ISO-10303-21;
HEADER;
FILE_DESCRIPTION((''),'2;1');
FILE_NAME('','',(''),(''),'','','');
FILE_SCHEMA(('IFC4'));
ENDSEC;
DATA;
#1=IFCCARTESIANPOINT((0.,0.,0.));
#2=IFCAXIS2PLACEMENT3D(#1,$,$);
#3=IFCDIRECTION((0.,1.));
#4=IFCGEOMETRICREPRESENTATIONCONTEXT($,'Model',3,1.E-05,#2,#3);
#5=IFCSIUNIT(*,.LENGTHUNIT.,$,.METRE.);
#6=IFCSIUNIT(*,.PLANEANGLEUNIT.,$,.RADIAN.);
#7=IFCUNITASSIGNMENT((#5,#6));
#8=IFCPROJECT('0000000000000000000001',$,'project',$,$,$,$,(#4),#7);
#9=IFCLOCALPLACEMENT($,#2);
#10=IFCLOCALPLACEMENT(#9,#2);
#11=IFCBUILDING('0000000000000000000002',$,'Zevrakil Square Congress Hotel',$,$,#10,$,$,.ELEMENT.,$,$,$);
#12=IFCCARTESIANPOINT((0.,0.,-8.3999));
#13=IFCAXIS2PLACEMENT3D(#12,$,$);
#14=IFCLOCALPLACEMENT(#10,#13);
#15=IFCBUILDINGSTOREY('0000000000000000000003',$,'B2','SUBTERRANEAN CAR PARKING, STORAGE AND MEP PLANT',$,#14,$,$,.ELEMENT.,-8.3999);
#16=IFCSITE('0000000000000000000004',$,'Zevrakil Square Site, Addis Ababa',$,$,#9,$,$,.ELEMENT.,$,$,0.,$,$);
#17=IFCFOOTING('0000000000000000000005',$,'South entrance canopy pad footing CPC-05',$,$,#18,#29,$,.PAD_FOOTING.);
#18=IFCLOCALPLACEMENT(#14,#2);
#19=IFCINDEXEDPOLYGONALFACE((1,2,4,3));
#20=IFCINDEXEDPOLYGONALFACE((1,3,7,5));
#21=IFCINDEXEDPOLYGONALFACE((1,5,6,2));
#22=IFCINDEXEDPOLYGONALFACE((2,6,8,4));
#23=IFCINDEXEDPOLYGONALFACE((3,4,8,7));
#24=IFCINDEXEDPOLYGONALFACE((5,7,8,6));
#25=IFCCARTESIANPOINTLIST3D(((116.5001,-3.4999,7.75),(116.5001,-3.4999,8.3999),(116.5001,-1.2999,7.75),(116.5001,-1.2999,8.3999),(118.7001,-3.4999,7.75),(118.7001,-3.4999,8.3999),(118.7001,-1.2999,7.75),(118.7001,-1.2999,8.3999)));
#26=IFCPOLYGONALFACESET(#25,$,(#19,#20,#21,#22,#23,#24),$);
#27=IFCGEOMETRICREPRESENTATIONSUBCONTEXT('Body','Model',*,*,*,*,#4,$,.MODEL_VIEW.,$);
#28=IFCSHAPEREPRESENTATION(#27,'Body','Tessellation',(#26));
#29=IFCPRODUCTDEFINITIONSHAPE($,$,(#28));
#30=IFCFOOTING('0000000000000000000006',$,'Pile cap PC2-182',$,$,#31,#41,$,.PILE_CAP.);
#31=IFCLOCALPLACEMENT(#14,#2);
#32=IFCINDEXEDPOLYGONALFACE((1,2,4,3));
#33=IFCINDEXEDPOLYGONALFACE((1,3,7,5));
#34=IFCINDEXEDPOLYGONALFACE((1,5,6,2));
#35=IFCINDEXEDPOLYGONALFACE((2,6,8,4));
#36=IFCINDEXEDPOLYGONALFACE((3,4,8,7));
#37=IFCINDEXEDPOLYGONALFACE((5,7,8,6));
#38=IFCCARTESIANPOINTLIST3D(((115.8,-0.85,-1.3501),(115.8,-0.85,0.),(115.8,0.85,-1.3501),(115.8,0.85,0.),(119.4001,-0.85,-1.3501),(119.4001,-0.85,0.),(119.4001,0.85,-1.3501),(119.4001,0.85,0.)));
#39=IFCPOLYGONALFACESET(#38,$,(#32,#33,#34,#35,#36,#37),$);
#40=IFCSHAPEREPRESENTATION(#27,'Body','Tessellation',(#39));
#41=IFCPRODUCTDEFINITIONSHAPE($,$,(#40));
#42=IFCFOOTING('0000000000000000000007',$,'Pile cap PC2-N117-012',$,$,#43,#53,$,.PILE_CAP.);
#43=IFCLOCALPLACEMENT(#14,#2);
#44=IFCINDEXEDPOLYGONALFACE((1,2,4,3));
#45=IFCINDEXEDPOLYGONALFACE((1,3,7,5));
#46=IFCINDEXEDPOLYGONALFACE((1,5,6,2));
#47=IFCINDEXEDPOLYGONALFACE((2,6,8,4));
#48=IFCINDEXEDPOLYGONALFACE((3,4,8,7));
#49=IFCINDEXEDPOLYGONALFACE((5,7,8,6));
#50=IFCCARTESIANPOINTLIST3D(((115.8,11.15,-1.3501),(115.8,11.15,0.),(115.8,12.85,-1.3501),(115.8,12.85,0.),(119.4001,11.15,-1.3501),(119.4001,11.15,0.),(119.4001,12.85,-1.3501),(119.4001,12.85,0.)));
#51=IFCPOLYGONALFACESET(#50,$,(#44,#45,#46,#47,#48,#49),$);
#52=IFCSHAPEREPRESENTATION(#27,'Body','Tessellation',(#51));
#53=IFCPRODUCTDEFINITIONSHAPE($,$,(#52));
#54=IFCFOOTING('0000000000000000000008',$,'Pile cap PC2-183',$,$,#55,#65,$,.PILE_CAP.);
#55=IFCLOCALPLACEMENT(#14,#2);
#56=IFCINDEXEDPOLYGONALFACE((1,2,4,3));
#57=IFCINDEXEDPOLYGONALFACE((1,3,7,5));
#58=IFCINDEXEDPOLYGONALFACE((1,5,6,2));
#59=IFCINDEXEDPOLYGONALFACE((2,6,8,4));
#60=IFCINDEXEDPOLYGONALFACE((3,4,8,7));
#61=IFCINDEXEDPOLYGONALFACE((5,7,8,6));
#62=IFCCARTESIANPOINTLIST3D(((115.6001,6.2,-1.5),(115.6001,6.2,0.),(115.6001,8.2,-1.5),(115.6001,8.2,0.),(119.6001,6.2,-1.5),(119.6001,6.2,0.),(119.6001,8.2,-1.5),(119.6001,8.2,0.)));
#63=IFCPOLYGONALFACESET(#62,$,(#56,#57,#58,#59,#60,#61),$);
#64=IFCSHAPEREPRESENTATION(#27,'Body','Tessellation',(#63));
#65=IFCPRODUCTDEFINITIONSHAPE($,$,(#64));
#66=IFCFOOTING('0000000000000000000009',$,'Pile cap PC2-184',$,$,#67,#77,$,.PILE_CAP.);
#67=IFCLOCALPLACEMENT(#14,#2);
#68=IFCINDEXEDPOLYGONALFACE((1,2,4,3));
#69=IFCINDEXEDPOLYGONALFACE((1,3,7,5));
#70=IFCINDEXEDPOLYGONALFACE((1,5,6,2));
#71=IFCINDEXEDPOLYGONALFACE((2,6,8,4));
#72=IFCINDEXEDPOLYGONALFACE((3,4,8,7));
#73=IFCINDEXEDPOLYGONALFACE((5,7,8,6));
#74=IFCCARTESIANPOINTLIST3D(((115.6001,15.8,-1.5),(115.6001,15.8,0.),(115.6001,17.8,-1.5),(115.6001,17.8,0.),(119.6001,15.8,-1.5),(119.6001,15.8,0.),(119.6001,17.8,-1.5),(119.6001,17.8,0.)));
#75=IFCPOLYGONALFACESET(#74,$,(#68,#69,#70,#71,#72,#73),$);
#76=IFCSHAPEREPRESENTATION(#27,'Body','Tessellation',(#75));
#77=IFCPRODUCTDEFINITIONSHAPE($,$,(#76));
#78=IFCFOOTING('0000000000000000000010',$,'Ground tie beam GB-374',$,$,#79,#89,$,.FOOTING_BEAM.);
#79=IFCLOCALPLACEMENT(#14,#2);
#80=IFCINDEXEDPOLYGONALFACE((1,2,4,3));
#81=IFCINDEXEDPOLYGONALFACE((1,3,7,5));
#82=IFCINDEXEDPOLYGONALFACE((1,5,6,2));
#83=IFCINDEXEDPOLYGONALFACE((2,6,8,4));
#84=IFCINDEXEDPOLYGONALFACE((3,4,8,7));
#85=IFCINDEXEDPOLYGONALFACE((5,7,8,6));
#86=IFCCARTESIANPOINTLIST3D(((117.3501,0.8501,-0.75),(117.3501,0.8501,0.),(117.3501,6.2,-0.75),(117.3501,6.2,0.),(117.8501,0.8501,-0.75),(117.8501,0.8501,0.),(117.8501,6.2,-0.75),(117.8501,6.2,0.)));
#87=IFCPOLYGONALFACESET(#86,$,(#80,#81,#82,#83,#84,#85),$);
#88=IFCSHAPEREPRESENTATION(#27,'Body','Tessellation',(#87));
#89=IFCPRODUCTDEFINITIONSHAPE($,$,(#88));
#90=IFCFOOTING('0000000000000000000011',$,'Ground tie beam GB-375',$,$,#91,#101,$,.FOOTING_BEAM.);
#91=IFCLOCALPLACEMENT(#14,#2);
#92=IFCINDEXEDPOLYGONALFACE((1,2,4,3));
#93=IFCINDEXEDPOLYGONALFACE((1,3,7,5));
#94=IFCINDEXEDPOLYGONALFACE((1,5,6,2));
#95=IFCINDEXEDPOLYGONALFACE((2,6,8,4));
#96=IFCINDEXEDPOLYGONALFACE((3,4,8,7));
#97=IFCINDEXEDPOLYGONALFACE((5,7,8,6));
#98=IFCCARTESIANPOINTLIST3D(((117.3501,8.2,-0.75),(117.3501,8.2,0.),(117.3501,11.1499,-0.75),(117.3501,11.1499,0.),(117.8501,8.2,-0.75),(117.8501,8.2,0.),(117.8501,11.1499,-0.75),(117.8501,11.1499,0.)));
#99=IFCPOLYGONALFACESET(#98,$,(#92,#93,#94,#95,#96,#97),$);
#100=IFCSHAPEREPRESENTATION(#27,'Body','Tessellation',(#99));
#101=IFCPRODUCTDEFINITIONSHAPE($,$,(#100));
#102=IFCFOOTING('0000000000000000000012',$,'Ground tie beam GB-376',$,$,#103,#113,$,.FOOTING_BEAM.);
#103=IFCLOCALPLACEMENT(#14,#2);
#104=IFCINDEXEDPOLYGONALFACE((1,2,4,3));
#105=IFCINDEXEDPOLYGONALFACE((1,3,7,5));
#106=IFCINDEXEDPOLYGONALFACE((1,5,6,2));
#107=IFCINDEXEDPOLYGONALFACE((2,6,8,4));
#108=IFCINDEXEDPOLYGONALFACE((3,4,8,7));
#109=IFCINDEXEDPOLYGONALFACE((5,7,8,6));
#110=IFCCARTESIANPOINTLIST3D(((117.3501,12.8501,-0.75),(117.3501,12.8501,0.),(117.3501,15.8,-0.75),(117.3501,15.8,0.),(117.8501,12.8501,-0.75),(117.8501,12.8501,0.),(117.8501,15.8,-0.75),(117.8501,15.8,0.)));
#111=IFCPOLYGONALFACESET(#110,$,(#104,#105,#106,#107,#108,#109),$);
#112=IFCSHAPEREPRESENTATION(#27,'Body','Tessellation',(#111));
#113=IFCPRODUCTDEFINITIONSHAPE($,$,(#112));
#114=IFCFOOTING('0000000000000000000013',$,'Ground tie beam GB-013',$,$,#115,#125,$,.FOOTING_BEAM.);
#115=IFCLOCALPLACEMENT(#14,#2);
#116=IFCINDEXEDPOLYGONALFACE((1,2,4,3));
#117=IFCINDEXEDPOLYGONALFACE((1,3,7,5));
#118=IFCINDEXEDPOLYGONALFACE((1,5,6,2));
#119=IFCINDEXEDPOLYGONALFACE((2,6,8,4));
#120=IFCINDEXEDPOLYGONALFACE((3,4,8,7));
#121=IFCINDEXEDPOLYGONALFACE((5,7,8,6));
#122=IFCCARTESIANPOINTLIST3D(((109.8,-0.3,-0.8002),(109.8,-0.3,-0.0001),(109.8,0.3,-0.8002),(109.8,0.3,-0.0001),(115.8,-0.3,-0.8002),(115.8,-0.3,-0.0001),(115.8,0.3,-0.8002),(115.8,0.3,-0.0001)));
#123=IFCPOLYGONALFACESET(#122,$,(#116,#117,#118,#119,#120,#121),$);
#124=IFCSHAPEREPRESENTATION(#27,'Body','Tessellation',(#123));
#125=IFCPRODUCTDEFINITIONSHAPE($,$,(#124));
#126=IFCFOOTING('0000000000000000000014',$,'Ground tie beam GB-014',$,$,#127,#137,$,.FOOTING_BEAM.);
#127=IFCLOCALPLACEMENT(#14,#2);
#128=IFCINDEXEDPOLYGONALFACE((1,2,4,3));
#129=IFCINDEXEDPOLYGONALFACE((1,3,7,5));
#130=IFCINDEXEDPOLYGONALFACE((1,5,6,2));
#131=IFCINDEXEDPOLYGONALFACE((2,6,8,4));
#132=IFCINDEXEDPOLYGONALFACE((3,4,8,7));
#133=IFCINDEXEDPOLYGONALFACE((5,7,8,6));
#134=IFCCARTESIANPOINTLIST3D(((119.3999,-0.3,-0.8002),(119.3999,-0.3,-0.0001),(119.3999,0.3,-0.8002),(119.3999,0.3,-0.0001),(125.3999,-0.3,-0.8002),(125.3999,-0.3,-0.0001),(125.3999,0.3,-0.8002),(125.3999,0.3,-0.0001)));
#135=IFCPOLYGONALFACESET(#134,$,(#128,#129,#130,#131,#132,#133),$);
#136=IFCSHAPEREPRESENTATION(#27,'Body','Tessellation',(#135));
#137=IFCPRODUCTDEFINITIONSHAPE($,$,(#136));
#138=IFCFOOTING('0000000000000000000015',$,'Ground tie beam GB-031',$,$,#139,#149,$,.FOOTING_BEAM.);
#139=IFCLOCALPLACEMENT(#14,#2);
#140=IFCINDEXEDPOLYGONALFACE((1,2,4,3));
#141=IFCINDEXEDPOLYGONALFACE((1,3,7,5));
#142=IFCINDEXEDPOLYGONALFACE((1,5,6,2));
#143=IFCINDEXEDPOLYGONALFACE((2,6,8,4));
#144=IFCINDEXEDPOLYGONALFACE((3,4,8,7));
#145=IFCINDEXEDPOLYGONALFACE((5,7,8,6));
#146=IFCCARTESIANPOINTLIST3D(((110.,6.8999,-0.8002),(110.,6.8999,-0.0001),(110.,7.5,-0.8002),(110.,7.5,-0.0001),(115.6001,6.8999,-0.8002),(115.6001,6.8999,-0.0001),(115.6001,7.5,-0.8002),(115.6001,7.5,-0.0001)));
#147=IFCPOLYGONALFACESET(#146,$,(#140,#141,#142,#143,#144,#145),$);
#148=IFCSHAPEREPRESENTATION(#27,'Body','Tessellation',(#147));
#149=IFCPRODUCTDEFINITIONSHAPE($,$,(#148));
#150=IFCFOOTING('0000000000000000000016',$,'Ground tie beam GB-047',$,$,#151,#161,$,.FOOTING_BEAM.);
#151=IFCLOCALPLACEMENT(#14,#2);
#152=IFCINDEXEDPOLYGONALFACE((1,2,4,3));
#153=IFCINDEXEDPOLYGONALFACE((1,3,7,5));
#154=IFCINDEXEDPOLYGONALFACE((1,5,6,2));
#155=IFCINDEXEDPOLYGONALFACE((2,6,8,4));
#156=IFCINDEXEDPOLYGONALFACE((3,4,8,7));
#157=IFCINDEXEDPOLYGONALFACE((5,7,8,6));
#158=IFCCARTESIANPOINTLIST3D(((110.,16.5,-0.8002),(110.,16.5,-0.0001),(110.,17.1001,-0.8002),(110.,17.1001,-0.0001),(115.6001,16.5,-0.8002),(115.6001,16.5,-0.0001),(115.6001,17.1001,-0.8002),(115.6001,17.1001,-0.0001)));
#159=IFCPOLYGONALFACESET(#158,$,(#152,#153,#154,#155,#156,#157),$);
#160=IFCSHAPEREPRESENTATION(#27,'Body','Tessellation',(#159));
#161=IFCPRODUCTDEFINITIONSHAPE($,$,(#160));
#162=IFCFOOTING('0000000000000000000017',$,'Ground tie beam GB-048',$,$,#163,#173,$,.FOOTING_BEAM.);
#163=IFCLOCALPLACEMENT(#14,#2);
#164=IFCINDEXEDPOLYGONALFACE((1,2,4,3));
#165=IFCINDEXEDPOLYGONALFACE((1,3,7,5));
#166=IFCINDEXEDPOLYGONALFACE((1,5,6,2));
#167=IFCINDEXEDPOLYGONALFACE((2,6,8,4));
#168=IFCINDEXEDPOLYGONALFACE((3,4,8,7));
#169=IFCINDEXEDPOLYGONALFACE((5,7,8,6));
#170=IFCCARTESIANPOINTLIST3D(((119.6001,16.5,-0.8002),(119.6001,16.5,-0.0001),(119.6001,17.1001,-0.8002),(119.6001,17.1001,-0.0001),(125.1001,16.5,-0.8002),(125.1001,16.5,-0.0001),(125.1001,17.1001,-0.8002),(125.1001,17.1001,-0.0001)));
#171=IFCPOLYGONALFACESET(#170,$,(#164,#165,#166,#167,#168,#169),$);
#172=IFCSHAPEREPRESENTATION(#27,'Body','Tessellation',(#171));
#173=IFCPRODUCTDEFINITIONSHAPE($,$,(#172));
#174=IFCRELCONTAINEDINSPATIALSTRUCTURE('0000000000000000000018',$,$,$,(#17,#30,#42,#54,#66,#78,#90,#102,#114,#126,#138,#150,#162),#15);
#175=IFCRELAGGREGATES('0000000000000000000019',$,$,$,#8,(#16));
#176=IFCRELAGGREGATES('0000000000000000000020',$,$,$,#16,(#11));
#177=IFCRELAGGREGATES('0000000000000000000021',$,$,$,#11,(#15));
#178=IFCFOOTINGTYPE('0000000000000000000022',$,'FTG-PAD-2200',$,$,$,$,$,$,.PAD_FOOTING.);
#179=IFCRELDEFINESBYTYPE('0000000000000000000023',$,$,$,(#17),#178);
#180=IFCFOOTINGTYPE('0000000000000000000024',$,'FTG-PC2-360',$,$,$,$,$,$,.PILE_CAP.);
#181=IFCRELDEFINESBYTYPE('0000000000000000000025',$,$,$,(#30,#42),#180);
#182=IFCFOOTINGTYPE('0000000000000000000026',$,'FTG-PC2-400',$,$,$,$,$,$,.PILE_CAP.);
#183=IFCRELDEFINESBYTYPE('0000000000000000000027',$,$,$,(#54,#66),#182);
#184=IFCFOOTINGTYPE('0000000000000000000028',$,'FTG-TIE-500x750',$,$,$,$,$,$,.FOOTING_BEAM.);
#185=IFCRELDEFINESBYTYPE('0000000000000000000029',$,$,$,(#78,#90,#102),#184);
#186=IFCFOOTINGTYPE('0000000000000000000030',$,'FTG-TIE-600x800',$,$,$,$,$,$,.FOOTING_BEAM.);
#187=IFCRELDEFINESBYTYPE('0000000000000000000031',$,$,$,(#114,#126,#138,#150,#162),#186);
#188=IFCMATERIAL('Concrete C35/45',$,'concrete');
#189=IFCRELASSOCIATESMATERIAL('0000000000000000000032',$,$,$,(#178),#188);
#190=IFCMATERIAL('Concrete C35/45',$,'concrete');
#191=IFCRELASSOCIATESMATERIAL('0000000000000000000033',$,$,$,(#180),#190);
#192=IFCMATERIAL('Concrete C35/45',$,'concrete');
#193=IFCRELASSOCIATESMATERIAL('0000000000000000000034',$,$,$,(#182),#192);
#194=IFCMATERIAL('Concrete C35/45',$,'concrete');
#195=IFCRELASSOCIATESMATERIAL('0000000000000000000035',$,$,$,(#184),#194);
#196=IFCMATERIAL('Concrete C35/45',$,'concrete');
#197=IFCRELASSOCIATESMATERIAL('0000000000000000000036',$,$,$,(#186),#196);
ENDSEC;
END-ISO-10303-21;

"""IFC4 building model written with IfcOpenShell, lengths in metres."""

from ifc_helpers import new_model, si_unit, direction, frame, origin, origin_2d, place, context, subcontext, project, spatial, rectangle, extrude, material, material_profile, profile_set, type_object, element, save


model = new_model("IFC4")

# Units and contexts
model_context = context("Model", 3, precision=1e-05, world=origin(), true_north=direction((0.0, 1.0)))
body_context = subcontext(model_context, "Body", "Model", "MODEL_VIEW")
ifc_project = project(units=[si_unit("LENGTHUNIT", "METRE"), si_unit("PLANEANGLEUNIT", "RADIAN")], contexts=[model_context])

# Site, building, storey
site_placement = place(None, origin())
site = spatial("IfcSite", under=ifc_project, at=site_placement, Name="Zevrakil Square Site, Addis Ababa", CompositionType="ELEMENT", RefElevation=0.0)
building_placement = place(site_placement, origin())
building = spatial("IfcBuilding", under=site, at=building_placement, Name="Zevrakil Square Congress Hotel", CompositionType="ELEMENT")
storey_placement = place(building_placement, frame((0.0, 0.0, -8.3999)))
storey = spatial("IfcBuildingStorey", under=building, at=storey_placement, Name="B2", Description="SUBTERRANEAN CAR PARKING, STORAGE AND MEP PLANT", CompositionType="ELEMENT", Elevation=-8.3999)

# Footings
ifc_material_1 = material(Name="Concrete C35/45", Category="concrete")
footing_type_1 = type_object("IfcFootingType", Name="FTG-PAD-2200", PredefinedType="PAD_FOOTING", material=ifc_material_1)
footing_1_placement = place(storey_placement, frame((117.6001, -2.3999, 7.75), z_axis=(0.0, 0.0, 1.0), x_axis=(1.0, 0.0, 0.0)))
element("IfcFooting", 1, at=footing_1_placement, inside=storey, type_object=footing_type_1, Name="South entrance canopy pad footing CPC-05", PredefinedType="PAD_FOOTING", context=body_context, shape_type="SweptSolid", body=[
    extrude(rectangle(XDim=2.2, YDim=2.2, at=origin_2d()), origin(), (0.0, 0.0, 1.0), 0.6499),
])
ifc_material_2 = material(Name="Concrete C35/45", Category="concrete")
footing_type_2 = type_object("IfcFootingType", Name="FTG-PC2-360", PredefinedType="PILE_CAP", material=ifc_material_2)
for number, where, z_axis, x_axis, name in (
    (2, (117.6001, 0.0, -1.3501), (0.0, 0.0, 1.0), (1.0, 0.0, 0.0), "Pile cap PC2-182"),
    (3, (117.6001, 12.0, -1.3501), (0.0, 0.0, 1.0), (1.0, 0.0, 0.0), "Pile cap PC2-N117-012"),
):
    element("IfcFooting", number, at=place(storey_placement, frame(where, z_axis=z_axis, x_axis=x_axis)), inside=storey, type_object=footing_type_2, Name=name, PredefinedType="PILE_CAP", context=body_context, shape_type="SweptSolid", body=[
        extrude(rectangle(XDim=3.6001, YDim=1.7, at=origin_2d()), origin(), (0.0, 0.0, 1.0), 1.3501),
    ])
ifc_material_3 = material(Name="Concrete C35/45", Category="concrete")
footing_type_3 = type_object("IfcFootingType", Name="FTG-PC2-400", PredefinedType="PILE_CAP", material=ifc_material_3)
for number, where, z_axis, x_axis, name in (
    (4, (117.6001, 7.2, -1.5), (0.0, 0.0, 1.0), (1.0, 0.0, 0.0), "Pile cap PC2-183"),
    (5, (117.6001, 16.8, -1.5), (0.0, 0.0, 1.0), (1.0, 0.0, 0.0), "Pile cap PC2-184"),
):
    element("IfcFooting", number, at=place(storey_placement, frame(where, z_axis=z_axis, x_axis=x_axis)), inside=storey, type_object=footing_type_3, Name=name, PredefinedType="PILE_CAP", context=body_context, shape_type="SweptSolid", body=[
        extrude(rectangle(XDim=4.0, YDim=2.0, at=origin_2d()), origin(), (0.0, 0.0, 1.0), 1.5),
    ])
ifc_material_4 = material(Name="Concrete C35/45", Category="concrete")
ifc_material_profile_1 = material_profile(ifc_material_4, rectangle(XDim=0.5, YDim=0.75, at=origin_2d()), Name="RC 500x750")
ifc_profile_set_1 = profile_set([ifc_material_profile_1], Name="Concrete C35/45")
footing_type_4 = type_object("IfcFootingType", Name="FTG-TIE-500x750", PredefinedType="FOOTING_BEAM", material=ifc_profile_set_1)
footing_2_placement = place(storey_placement, frame((117.6001, 0.8501, -0.375), z_axis=(0.0, 1.0, 0.0), x_axis=(-1.0, 0.0, 0.0)))
element("IfcFooting", 6, at=footing_2_placement, inside=storey, type_object=footing_type_4, Name="Ground tie beam GB-374", PredefinedType="FOOTING_BEAM", context=body_context, shape_type="SweptSolid", body=[
    extrude(rectangle(XDim=0.5, YDim=0.75, at=origin_2d()), origin(), (0.0, 0.0, 1.0), 5.3499),
])
for number, where, z_axis, x_axis, name in (
    (7, (117.6001, 8.2, -0.375), (0.0, 1.0, 0.0), (-1.0, 0.0, 0.0), "Ground tie beam GB-375"),
    (8, (117.6001, 12.8501, -0.375), (0.0, 1.0, 0.0), (-1.0, 0.0, 0.0), "Ground tie beam GB-376"),
):
    element("IfcFooting", number, at=place(storey_placement, frame(where, z_axis=z_axis, x_axis=x_axis)), inside=storey, type_object=footing_type_4, Name=name, PredefinedType="FOOTING_BEAM", context=body_context, shape_type="SweptSolid", body=[
        extrude(rectangle(XDim=0.5, YDim=0.75, at=origin_2d()), origin(), (0.0, 0.0, 1.0), 2.95),
    ])
ifc_material_5 = material(Name="Concrete C35/45", Category="concrete")
ifc_material_profile_2 = material_profile(ifc_material_5, rectangle(XDim=0.6001, YDim=0.8, at=origin_2d()), Name="RC 600x800")
ifc_profile_set_2 = profile_set([ifc_material_profile_2], Name="Concrete C35/45")
footing_type_5 = type_object("IfcFootingType", Name="FTG-TIE-600x800", PredefinedType="FOOTING_BEAM", material=ifc_profile_set_2)
for number, where, z_axis, x_axis, name in (
    (9, (109.8, 0.0, -0.4001), (1.0, 0.0, 0.0), (0.0, 1.0, 0.0), "Ground tie beam GB-013"),
    (10, (119.3999, 0.0, -0.4001), (1.0, 0.0, 0.0), (0.0, 1.0, 0.0), "Ground tie beam GB-014"),
):
    element("IfcFooting", number, at=place(storey_placement, frame(where, z_axis=z_axis, x_axis=x_axis)), inside=storey, type_object=footing_type_5, Name=name, PredefinedType="FOOTING_BEAM", context=body_context, shape_type="SweptSolid", body=[
        extrude(rectangle(XDim=0.6001, YDim=0.8, at=origin_2d()), origin(), (0.0, 0.0, 1.0), 6.0),
    ])
for number, where, z_axis, x_axis, name in (
    (11, (110.0, 7.2, -0.4001), (1.0, 0.0, 0.0), (0.0, 1.0, 0.0), "Ground tie beam GB-031"),
    (12, (110.0, 16.8, -0.4001), (1.0, 0.0, 0.0), (0.0, 1.0, 0.0), "Ground tie beam GB-047"),
):
    element("IfcFooting", number, at=place(storey_placement, frame(where, z_axis=z_axis, x_axis=x_axis)), inside=storey, type_object=footing_type_5, Name=name, PredefinedType="FOOTING_BEAM", context=body_context, shape_type="SweptSolid", body=[
        extrude(rectangle(XDim=0.6001, YDim=0.8, at=origin_2d()), origin(), (0.0, 0.0, 1.0), 5.6001),
    ])
footing_3_placement = place(storey_placement, frame((119.6001, 16.8, -0.4001), z_axis=(1.0, 0.0, 0.0), x_axis=(0.0, 1.0, 0.0)))
element("IfcFooting", 13, at=footing_3_placement, inside=storey, type_object=footing_type_5, Name="Ground tie beam GB-048", PredefinedType="FOOTING_BEAM", context=body_context, shape_type="SweptSolid", body=[
    extrude(rectangle(XDim=0.6001, YDim=0.8, at=origin_2d()), origin(), (0.0, 0.0, 1.0), 5.5),
])

save(model, "model.ifc")
